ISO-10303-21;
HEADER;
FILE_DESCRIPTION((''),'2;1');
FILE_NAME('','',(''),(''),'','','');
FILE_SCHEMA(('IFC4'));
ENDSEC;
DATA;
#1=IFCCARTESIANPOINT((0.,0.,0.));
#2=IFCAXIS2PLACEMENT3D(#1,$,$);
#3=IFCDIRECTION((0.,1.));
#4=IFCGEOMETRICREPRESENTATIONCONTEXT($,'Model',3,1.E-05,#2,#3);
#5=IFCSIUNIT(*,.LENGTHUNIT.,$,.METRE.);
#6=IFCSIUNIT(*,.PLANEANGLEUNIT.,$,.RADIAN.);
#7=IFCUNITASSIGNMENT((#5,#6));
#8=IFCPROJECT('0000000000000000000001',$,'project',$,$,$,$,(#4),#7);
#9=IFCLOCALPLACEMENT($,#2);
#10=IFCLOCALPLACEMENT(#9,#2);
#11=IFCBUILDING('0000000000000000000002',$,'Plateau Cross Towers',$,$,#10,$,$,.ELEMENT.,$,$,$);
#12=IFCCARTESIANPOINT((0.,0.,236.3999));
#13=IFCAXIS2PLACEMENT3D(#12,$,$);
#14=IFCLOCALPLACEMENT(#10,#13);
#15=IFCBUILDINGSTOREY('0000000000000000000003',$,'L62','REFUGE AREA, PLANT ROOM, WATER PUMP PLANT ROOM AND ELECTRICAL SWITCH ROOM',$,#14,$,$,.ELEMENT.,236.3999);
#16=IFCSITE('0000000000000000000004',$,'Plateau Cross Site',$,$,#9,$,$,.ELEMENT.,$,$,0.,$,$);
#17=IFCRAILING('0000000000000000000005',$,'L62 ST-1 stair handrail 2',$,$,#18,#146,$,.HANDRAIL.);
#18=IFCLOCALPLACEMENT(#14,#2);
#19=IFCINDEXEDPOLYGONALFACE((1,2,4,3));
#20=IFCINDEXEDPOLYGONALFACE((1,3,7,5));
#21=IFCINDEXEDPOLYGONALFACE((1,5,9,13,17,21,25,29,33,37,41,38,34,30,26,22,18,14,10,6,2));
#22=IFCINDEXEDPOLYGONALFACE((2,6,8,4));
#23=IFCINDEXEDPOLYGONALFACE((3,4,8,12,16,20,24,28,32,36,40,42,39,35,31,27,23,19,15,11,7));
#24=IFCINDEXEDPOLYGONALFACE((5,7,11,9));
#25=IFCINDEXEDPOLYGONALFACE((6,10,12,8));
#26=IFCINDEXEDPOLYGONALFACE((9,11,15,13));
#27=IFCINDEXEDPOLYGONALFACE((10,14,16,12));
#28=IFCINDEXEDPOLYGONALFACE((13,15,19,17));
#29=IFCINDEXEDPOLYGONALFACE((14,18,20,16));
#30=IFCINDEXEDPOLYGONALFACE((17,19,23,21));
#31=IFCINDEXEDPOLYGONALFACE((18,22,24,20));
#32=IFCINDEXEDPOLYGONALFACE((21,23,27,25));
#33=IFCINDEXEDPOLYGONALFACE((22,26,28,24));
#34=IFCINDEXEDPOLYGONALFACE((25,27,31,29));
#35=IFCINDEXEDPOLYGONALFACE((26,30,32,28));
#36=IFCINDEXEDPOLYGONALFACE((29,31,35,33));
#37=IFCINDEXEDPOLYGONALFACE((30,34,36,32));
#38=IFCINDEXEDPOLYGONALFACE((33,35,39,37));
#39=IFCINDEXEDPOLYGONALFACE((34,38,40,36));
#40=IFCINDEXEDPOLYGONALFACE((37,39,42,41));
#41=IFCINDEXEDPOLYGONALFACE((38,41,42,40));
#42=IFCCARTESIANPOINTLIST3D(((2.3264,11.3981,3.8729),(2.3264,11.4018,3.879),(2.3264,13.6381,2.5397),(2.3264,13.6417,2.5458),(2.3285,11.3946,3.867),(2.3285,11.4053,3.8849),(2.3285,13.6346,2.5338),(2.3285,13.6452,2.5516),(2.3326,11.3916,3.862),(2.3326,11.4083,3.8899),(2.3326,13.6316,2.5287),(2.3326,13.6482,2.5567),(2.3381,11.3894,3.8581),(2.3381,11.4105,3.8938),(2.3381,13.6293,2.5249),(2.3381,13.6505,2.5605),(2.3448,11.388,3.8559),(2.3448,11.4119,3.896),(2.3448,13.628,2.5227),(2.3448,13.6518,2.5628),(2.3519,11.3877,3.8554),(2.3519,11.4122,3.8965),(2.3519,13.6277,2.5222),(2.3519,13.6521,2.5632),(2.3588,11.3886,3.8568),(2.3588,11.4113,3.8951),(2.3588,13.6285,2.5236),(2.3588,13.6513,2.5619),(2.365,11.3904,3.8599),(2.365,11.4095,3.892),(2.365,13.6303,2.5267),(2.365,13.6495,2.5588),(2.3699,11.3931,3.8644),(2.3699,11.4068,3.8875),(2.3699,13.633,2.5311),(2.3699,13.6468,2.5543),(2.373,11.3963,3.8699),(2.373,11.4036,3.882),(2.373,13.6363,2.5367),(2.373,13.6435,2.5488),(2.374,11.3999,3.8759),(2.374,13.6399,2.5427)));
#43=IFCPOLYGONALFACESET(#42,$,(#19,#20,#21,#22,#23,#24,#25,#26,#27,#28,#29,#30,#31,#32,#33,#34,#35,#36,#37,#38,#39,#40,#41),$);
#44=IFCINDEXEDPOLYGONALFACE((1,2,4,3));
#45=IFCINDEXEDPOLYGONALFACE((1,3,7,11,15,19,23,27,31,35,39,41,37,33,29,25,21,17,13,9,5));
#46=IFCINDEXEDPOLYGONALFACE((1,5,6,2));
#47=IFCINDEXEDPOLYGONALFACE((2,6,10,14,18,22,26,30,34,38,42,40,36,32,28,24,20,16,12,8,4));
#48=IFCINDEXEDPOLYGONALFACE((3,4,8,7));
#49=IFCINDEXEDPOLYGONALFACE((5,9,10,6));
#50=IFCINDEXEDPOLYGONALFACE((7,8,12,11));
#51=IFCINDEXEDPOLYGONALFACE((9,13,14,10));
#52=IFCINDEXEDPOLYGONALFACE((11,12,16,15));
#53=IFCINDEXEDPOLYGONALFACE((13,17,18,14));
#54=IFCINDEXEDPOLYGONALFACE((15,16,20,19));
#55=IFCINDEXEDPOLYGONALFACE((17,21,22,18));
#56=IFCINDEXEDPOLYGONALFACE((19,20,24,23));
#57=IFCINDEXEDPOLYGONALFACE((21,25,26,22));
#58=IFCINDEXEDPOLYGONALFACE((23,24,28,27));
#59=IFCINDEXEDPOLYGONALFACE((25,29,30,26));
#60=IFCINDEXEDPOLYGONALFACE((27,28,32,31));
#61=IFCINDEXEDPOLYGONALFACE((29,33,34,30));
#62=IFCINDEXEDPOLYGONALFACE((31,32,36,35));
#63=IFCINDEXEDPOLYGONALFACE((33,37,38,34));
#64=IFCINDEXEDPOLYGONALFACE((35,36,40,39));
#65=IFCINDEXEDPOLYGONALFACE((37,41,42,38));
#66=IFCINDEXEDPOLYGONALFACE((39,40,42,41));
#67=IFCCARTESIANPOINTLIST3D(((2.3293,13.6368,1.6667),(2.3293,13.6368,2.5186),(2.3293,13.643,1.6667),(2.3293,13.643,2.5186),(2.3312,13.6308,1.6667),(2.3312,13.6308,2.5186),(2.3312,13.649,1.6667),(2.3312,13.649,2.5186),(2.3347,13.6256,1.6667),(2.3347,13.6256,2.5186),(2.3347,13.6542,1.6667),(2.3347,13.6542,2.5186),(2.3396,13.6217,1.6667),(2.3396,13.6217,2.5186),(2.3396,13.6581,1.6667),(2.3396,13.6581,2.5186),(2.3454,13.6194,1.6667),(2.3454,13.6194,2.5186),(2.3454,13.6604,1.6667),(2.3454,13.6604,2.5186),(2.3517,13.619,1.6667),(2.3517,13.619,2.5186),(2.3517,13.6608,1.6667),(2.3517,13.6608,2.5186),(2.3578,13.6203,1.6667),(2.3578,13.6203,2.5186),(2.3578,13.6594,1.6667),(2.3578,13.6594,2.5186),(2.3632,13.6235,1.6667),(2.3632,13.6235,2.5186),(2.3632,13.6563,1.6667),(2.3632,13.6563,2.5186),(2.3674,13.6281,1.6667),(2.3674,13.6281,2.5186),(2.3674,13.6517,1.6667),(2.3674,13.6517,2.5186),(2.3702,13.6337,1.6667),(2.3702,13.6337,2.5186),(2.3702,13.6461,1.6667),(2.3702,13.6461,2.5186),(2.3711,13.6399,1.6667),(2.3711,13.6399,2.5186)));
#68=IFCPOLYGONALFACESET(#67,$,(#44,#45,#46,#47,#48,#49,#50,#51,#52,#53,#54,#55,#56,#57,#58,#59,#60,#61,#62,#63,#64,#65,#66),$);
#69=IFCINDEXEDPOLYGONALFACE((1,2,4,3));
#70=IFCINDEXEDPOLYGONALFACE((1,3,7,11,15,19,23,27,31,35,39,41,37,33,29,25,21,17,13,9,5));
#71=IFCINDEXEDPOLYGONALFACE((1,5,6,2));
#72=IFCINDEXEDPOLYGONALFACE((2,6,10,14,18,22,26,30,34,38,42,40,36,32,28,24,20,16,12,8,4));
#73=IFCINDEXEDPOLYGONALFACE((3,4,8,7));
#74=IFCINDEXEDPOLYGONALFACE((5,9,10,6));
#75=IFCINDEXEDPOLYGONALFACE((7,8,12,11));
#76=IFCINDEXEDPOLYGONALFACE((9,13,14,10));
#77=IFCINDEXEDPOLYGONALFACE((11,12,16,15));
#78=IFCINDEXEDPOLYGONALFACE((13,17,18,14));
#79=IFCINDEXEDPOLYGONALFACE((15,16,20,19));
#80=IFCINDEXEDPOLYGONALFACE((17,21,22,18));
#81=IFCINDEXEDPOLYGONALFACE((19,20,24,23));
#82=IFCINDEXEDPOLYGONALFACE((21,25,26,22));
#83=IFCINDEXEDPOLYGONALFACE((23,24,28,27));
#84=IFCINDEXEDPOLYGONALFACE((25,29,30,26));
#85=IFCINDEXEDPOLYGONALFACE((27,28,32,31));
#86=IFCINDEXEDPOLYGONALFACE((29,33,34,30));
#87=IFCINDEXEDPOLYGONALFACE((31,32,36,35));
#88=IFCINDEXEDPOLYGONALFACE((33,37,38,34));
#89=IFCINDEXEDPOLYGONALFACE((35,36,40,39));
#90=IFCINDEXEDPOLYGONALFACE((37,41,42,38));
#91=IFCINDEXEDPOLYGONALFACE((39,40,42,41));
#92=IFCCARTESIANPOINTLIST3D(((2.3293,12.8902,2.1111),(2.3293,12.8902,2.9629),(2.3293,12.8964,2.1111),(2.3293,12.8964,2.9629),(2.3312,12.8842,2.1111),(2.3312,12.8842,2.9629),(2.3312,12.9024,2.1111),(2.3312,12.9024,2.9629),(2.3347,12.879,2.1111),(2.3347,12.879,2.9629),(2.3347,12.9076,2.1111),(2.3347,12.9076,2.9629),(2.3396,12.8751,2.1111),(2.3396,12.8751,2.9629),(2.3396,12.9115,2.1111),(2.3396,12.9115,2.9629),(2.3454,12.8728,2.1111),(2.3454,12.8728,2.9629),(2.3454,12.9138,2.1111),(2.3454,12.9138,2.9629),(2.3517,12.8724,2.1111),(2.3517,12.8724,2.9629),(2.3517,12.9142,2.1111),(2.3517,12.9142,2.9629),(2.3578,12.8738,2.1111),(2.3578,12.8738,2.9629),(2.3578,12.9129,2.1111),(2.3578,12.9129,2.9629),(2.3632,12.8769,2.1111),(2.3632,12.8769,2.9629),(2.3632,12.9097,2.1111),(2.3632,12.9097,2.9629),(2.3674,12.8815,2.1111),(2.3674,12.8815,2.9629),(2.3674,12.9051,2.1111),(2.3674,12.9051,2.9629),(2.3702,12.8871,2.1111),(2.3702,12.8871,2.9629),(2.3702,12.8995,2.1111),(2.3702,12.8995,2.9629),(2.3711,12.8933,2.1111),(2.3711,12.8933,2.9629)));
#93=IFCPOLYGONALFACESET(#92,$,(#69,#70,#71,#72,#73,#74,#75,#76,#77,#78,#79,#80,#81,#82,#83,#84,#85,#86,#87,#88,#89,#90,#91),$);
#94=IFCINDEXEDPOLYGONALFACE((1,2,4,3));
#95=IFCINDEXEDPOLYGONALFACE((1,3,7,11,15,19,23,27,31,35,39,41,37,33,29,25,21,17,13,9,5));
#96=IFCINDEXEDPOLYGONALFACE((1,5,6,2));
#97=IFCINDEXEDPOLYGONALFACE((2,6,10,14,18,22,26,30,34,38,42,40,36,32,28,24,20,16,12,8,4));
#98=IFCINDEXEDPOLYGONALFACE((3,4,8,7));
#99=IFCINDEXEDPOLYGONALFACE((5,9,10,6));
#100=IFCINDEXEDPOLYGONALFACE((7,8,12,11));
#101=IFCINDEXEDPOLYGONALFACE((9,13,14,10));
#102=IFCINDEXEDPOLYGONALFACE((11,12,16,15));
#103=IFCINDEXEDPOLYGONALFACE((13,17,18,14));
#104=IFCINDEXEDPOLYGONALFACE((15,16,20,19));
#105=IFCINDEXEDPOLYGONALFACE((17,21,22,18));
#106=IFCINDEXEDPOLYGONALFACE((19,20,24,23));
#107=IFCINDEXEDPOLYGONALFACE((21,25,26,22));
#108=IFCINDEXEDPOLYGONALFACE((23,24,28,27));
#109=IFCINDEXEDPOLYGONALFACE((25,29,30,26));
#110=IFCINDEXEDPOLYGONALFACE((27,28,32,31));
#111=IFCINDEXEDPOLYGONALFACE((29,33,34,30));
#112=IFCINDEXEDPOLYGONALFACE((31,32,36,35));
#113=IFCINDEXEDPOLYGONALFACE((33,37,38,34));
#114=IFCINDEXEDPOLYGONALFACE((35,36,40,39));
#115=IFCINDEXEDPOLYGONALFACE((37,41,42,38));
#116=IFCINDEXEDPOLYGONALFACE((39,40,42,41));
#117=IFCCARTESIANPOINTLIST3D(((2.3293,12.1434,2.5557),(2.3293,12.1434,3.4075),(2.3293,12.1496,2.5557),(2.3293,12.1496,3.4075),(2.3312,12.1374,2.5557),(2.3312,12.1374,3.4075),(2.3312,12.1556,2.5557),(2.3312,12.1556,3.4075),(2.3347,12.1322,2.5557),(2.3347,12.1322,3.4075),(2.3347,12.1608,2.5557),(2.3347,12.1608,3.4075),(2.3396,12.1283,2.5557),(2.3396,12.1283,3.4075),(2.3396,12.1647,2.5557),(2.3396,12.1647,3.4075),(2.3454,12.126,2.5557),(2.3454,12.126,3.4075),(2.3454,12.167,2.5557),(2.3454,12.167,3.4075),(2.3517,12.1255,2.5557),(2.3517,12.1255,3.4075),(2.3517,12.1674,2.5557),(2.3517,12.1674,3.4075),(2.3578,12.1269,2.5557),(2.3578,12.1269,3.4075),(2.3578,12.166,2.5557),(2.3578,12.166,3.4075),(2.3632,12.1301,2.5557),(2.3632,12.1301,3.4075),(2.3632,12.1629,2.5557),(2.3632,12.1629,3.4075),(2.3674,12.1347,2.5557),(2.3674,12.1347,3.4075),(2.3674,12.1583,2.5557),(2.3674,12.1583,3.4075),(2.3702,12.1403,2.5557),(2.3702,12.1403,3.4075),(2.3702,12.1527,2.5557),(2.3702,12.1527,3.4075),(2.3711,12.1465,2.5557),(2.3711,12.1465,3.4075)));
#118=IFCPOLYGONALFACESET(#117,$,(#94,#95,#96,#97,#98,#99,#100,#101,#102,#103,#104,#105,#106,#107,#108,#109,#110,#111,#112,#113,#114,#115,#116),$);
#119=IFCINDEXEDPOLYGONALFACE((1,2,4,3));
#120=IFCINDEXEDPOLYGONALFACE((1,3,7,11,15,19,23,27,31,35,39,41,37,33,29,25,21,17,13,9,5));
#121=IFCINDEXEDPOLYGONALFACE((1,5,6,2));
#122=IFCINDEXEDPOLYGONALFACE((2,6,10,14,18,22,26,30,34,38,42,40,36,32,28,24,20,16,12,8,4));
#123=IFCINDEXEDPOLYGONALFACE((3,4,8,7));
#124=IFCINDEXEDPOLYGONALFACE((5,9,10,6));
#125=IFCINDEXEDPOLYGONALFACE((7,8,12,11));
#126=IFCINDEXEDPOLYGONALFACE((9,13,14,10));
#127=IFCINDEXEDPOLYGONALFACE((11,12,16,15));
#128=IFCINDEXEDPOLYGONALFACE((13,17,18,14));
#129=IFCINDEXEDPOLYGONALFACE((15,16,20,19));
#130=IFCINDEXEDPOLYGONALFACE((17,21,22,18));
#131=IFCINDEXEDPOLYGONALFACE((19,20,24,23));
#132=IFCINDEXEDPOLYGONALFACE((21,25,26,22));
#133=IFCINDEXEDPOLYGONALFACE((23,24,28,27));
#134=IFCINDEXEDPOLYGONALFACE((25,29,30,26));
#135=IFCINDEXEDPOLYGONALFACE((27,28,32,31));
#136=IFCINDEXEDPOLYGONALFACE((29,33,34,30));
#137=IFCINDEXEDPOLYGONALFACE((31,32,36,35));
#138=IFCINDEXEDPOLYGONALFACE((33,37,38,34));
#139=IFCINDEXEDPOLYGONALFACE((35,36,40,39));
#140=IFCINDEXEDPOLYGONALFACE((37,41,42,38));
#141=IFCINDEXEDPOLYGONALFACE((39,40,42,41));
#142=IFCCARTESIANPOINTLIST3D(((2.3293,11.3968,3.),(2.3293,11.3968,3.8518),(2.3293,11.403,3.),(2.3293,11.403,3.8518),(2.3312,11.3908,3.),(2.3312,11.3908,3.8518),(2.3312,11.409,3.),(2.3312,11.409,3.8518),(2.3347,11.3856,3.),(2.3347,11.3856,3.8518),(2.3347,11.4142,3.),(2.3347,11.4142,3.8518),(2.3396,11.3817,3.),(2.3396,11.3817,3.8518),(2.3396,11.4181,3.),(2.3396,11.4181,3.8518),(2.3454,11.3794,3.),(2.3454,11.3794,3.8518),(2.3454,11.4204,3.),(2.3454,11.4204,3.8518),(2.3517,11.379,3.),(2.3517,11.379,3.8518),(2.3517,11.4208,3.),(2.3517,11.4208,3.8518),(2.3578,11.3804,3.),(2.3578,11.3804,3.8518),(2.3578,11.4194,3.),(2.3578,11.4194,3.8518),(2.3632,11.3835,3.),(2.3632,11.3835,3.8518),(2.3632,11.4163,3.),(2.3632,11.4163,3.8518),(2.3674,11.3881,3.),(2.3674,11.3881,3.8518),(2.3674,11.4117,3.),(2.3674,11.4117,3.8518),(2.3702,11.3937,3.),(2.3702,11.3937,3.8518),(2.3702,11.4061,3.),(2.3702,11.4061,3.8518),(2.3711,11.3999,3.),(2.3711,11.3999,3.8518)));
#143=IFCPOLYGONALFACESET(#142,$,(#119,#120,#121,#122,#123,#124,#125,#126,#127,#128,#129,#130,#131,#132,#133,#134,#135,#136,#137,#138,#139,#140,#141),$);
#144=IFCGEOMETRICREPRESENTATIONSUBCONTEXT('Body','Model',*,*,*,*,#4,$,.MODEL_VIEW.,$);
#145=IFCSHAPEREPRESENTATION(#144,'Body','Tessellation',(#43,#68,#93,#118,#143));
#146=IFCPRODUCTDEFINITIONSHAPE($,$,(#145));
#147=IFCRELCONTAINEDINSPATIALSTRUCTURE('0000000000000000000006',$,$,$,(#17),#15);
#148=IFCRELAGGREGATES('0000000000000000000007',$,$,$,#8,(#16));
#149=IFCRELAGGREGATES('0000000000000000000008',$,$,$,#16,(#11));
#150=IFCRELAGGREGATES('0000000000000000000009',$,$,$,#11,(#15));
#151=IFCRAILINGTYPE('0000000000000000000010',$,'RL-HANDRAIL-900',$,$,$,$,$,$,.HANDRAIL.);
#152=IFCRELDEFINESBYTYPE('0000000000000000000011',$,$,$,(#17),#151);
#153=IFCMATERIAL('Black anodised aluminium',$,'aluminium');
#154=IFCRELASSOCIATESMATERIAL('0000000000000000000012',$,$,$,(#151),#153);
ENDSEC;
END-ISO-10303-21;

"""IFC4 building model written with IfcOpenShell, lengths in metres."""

from ifc_helpers import new_model, si_unit, direction, frame, origin, origin_2d, place, context, subcontext, project, spatial, circle, extrude, material, type_object, element, save


model = new_model("IFC4")

# Units and contexts
model_context = context("Model", 3, precision=1e-05, world=origin(), true_north=direction((0.0, 1.0)))
body_context = subcontext(model_context, "Body", "Model", "MODEL_VIEW")
ifc_project = project(units=[si_unit("LENGTHUNIT", "METRE"), si_unit("PLANEANGLEUNIT", "RADIAN")], contexts=[model_context])

# Site, building, storey
site_placement = place(None, origin())
site = spatial("IfcSite", under=ifc_project, at=site_placement, Name="Plateau Cross Site", CompositionType="ELEMENT", RefElevation=0.0)
building_placement = place(site_placement, origin())
building = spatial("IfcBuilding", under=site, at=building_placement, Name="Plateau Cross Towers", CompositionType="ELEMENT")
storey_placement = place(building_placement, frame((0.0, 0.0, 236.3999)))
storey = spatial("IfcBuildingStorey", under=building, at=storey_placement, Name="L62", Description="REFUGE AREA, PLANT ROOM, WATER PUMP PLANT ROOM AND ELECTRICAL SWITCH ROOM", CompositionType="ELEMENT", Elevation=236.3999)

# Shared definitions
ifc_material_1 = material(Name="Black anodised aluminium", Category="aluminium")

# Railing
railing_type_1 = type_object("IfcRailingType", Name="RL-HANDRAIL-900", PredefinedType="HANDRAIL", material=ifc_material_1)
for number, where, name in (
    (1, (2.3501, 13.6399, 1.6667), "L62 ST-1 stair handrail 2"),
):
    element("IfcRailing", number, at=place(storey_placement, frame(where)), inside=storey, type_object=railing_type_1, Name=name, PredefinedType="HANDRAIL", context=body_context, shape_type="SweptSolid", body=[
        extrude(circle(Radius=0.0239, at=origin_2d()), frame((0.0, 0.0, 0.876), z_axis=(0.0, -0.859306, 0.511462), x_axis=(1.0, 0.0, 0.0)), (0.0, 0.0, 1.0), 2.6067),
        extrude(circle(Radius=0.021, at=origin_2d()), origin(), (0.0, 0.0, 1.0), 0.8518),
        extrude(circle(Radius=0.021, at=origin_2d()), frame((0.0, -0.7466, 0.4443)), (0.0, 0.0, 1.0), 0.8518),
        extrude(circle(Radius=0.021, at=origin_2d()), frame((0.0, -1.4934, 0.8889)), (0.0, 0.0, 1.0), 0.8518),
        extrude(circle(Radius=0.021, at=origin_2d()), frame((0.0, -2.24, 1.3333)), (0.0, 0.0, 1.0), 0.8518),
    ])

save(model, "model.ifc")
